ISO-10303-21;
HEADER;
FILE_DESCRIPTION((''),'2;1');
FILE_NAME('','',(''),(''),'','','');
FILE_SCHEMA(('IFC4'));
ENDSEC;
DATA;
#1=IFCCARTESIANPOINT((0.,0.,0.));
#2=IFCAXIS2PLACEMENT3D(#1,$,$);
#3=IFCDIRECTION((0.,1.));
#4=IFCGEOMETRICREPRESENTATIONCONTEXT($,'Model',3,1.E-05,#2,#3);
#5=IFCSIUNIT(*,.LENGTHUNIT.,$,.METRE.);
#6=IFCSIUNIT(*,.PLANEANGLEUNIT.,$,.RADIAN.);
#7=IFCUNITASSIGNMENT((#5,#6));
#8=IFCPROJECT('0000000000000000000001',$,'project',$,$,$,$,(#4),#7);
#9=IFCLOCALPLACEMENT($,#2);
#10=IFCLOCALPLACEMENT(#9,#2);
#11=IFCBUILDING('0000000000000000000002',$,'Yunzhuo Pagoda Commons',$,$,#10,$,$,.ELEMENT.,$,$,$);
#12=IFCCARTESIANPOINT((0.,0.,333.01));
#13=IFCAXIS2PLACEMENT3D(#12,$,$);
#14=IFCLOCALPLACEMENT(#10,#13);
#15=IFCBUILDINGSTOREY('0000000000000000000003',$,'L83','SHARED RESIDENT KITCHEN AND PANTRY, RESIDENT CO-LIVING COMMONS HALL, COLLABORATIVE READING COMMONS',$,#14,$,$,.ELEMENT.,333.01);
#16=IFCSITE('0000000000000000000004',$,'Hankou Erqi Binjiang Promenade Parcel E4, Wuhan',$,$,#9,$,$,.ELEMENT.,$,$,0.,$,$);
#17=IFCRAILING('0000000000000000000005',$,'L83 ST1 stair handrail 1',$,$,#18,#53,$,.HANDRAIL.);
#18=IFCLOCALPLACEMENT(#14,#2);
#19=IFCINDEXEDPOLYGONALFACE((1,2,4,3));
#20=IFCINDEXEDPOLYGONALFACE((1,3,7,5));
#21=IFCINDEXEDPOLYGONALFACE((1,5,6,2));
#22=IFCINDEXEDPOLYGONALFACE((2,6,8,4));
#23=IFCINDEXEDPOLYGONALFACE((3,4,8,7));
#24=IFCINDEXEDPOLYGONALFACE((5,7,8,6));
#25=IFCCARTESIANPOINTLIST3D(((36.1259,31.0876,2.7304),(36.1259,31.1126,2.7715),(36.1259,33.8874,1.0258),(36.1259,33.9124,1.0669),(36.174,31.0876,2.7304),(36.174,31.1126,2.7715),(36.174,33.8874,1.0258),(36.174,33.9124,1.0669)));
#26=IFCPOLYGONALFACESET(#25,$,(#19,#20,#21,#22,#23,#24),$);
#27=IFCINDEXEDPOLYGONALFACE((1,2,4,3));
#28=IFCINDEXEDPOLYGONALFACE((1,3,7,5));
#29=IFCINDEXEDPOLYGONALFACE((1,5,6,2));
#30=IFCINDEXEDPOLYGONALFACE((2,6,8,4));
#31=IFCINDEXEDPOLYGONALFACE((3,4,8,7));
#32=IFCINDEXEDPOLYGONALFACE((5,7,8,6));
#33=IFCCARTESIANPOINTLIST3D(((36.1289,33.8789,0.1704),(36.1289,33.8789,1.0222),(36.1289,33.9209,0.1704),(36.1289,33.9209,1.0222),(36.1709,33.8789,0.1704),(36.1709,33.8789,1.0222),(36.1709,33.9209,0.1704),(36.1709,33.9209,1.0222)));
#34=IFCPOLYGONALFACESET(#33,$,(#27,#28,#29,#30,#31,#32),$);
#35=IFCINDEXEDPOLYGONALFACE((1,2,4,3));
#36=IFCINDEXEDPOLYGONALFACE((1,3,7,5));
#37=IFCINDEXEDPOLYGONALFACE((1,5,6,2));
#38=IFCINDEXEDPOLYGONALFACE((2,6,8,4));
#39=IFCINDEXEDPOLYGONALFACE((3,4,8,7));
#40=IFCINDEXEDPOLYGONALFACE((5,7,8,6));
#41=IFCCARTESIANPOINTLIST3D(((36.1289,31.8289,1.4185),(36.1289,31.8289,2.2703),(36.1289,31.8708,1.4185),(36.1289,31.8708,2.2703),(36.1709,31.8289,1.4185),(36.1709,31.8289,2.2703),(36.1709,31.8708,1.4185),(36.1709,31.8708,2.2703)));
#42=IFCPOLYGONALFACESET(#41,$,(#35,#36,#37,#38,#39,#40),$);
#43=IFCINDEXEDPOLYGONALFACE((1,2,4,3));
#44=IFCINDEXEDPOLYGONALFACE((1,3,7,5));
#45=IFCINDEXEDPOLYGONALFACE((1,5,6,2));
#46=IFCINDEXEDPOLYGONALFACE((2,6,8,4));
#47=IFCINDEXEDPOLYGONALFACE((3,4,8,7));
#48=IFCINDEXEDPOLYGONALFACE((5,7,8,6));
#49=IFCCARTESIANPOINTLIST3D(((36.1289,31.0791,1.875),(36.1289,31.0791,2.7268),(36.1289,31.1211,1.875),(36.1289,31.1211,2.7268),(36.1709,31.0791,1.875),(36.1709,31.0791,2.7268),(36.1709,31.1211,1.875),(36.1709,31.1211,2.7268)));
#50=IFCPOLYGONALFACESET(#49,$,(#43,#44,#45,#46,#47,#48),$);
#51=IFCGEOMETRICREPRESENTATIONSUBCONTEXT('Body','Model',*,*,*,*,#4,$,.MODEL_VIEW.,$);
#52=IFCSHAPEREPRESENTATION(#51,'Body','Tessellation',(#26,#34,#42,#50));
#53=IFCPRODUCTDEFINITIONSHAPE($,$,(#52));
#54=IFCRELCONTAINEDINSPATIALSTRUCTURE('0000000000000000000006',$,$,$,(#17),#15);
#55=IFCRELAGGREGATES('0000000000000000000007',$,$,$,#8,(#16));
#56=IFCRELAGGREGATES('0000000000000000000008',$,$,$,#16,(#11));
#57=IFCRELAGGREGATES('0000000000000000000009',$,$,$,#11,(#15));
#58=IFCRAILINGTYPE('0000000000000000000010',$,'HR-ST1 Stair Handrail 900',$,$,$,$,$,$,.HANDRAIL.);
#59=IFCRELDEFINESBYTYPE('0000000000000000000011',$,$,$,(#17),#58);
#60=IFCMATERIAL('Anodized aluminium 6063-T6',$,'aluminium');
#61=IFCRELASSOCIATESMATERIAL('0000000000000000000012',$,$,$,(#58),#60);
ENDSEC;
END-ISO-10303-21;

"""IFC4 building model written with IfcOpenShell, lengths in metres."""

from ifc_helpers import new_model, si_unit, direction, frame, origin, origin_2d, place, context, subcontext, project, spatial, rectangle, extrude, material, type_object, element, save


model = new_model("IFC4")

# Units and contexts
model_context = context("Model", 3, precision=1e-05, world=origin(), true_north=direction((0.0, 1.0)))
body_context = subcontext(model_context, "Body", "Model", "MODEL_VIEW")
ifc_project = project(units=[si_unit("LENGTHUNIT", "METRE"), si_unit("PLANEANGLEUNIT", "RADIAN")], contexts=[model_context])

# Site, building, storey
site_placement = place(None, origin())
site = spatial("IfcSite", under=ifc_project, at=site_placement, Name="Hankou Erqi Binjiang Promenade Parcel E4, Wuhan", CompositionType="ELEMENT", RefElevation=0.0)
building_placement = place(site_placement, origin())
building = spatial("IfcBuilding", under=site, at=building_placement, Name="Yunzhuo Pagoda Commons", CompositionType="ELEMENT")
storey_placement = place(building_placement, frame((0.0, 0.0, 333.01)))
storey = spatial("IfcBuildingStorey", under=building, at=storey_placement, Name="L83", Description="SHARED RESIDENT KITCHEN AND PANTRY, RESIDENT CO-LIVING COMMONS HALL, COLLABORATIVE READING COMMONS", CompositionType="ELEMENT", Elevation=333.01)

# Railing
ifc_material_1 = material(Name="Anodized aluminium 6063-T6", Category="aluminium")
railing_type_1 = type_object("IfcRailingType", Name="HR-ST1 Stair Handrail 900", PredefinedType="HANDRAIL", material=ifc_material_1)
railing_1_placement = place(storey_placement, frame((36.1499, 33.8999, 0.1704)))
element("IfcRailing", 1, at=railing_1_placement, inside=storey, type_object=railing_type_1, Name="L83 ST1 stair handrail 1", PredefinedType="HANDRAIL", context=body_context, shape_type="SweptSolid", body=[
    extrude(rectangle(XDim=0.0481, YDim=0.0481, at=origin_2d()), frame((0.0, 0.0, 0.876), z_axis=(0.0, -0.85415, 0.520027), x_axis=(1.0, 0.0, 0.0)), (0.0, 0.0, 1.0), 3.2778),
    extrude(rectangle(XDim=0.042, YDim=0.042, at=origin_2d()), origin(), (0.0, 0.0, 1.0), 0.8518),
    extrude(rectangle(XDim=0.042, YDim=0.042, at=origin_2d()), frame((0.0, -2.05, 1.248)), (0.0, 0.0, 1.0), 0.8518),
    extrude(rectangle(XDim=0.042, YDim=0.042, at=origin_2d()), frame((0.0, -2.7998, 1.7046)), (0.0, 0.0, 1.0), 0.8518),
])

save(model, "model.ifc")
